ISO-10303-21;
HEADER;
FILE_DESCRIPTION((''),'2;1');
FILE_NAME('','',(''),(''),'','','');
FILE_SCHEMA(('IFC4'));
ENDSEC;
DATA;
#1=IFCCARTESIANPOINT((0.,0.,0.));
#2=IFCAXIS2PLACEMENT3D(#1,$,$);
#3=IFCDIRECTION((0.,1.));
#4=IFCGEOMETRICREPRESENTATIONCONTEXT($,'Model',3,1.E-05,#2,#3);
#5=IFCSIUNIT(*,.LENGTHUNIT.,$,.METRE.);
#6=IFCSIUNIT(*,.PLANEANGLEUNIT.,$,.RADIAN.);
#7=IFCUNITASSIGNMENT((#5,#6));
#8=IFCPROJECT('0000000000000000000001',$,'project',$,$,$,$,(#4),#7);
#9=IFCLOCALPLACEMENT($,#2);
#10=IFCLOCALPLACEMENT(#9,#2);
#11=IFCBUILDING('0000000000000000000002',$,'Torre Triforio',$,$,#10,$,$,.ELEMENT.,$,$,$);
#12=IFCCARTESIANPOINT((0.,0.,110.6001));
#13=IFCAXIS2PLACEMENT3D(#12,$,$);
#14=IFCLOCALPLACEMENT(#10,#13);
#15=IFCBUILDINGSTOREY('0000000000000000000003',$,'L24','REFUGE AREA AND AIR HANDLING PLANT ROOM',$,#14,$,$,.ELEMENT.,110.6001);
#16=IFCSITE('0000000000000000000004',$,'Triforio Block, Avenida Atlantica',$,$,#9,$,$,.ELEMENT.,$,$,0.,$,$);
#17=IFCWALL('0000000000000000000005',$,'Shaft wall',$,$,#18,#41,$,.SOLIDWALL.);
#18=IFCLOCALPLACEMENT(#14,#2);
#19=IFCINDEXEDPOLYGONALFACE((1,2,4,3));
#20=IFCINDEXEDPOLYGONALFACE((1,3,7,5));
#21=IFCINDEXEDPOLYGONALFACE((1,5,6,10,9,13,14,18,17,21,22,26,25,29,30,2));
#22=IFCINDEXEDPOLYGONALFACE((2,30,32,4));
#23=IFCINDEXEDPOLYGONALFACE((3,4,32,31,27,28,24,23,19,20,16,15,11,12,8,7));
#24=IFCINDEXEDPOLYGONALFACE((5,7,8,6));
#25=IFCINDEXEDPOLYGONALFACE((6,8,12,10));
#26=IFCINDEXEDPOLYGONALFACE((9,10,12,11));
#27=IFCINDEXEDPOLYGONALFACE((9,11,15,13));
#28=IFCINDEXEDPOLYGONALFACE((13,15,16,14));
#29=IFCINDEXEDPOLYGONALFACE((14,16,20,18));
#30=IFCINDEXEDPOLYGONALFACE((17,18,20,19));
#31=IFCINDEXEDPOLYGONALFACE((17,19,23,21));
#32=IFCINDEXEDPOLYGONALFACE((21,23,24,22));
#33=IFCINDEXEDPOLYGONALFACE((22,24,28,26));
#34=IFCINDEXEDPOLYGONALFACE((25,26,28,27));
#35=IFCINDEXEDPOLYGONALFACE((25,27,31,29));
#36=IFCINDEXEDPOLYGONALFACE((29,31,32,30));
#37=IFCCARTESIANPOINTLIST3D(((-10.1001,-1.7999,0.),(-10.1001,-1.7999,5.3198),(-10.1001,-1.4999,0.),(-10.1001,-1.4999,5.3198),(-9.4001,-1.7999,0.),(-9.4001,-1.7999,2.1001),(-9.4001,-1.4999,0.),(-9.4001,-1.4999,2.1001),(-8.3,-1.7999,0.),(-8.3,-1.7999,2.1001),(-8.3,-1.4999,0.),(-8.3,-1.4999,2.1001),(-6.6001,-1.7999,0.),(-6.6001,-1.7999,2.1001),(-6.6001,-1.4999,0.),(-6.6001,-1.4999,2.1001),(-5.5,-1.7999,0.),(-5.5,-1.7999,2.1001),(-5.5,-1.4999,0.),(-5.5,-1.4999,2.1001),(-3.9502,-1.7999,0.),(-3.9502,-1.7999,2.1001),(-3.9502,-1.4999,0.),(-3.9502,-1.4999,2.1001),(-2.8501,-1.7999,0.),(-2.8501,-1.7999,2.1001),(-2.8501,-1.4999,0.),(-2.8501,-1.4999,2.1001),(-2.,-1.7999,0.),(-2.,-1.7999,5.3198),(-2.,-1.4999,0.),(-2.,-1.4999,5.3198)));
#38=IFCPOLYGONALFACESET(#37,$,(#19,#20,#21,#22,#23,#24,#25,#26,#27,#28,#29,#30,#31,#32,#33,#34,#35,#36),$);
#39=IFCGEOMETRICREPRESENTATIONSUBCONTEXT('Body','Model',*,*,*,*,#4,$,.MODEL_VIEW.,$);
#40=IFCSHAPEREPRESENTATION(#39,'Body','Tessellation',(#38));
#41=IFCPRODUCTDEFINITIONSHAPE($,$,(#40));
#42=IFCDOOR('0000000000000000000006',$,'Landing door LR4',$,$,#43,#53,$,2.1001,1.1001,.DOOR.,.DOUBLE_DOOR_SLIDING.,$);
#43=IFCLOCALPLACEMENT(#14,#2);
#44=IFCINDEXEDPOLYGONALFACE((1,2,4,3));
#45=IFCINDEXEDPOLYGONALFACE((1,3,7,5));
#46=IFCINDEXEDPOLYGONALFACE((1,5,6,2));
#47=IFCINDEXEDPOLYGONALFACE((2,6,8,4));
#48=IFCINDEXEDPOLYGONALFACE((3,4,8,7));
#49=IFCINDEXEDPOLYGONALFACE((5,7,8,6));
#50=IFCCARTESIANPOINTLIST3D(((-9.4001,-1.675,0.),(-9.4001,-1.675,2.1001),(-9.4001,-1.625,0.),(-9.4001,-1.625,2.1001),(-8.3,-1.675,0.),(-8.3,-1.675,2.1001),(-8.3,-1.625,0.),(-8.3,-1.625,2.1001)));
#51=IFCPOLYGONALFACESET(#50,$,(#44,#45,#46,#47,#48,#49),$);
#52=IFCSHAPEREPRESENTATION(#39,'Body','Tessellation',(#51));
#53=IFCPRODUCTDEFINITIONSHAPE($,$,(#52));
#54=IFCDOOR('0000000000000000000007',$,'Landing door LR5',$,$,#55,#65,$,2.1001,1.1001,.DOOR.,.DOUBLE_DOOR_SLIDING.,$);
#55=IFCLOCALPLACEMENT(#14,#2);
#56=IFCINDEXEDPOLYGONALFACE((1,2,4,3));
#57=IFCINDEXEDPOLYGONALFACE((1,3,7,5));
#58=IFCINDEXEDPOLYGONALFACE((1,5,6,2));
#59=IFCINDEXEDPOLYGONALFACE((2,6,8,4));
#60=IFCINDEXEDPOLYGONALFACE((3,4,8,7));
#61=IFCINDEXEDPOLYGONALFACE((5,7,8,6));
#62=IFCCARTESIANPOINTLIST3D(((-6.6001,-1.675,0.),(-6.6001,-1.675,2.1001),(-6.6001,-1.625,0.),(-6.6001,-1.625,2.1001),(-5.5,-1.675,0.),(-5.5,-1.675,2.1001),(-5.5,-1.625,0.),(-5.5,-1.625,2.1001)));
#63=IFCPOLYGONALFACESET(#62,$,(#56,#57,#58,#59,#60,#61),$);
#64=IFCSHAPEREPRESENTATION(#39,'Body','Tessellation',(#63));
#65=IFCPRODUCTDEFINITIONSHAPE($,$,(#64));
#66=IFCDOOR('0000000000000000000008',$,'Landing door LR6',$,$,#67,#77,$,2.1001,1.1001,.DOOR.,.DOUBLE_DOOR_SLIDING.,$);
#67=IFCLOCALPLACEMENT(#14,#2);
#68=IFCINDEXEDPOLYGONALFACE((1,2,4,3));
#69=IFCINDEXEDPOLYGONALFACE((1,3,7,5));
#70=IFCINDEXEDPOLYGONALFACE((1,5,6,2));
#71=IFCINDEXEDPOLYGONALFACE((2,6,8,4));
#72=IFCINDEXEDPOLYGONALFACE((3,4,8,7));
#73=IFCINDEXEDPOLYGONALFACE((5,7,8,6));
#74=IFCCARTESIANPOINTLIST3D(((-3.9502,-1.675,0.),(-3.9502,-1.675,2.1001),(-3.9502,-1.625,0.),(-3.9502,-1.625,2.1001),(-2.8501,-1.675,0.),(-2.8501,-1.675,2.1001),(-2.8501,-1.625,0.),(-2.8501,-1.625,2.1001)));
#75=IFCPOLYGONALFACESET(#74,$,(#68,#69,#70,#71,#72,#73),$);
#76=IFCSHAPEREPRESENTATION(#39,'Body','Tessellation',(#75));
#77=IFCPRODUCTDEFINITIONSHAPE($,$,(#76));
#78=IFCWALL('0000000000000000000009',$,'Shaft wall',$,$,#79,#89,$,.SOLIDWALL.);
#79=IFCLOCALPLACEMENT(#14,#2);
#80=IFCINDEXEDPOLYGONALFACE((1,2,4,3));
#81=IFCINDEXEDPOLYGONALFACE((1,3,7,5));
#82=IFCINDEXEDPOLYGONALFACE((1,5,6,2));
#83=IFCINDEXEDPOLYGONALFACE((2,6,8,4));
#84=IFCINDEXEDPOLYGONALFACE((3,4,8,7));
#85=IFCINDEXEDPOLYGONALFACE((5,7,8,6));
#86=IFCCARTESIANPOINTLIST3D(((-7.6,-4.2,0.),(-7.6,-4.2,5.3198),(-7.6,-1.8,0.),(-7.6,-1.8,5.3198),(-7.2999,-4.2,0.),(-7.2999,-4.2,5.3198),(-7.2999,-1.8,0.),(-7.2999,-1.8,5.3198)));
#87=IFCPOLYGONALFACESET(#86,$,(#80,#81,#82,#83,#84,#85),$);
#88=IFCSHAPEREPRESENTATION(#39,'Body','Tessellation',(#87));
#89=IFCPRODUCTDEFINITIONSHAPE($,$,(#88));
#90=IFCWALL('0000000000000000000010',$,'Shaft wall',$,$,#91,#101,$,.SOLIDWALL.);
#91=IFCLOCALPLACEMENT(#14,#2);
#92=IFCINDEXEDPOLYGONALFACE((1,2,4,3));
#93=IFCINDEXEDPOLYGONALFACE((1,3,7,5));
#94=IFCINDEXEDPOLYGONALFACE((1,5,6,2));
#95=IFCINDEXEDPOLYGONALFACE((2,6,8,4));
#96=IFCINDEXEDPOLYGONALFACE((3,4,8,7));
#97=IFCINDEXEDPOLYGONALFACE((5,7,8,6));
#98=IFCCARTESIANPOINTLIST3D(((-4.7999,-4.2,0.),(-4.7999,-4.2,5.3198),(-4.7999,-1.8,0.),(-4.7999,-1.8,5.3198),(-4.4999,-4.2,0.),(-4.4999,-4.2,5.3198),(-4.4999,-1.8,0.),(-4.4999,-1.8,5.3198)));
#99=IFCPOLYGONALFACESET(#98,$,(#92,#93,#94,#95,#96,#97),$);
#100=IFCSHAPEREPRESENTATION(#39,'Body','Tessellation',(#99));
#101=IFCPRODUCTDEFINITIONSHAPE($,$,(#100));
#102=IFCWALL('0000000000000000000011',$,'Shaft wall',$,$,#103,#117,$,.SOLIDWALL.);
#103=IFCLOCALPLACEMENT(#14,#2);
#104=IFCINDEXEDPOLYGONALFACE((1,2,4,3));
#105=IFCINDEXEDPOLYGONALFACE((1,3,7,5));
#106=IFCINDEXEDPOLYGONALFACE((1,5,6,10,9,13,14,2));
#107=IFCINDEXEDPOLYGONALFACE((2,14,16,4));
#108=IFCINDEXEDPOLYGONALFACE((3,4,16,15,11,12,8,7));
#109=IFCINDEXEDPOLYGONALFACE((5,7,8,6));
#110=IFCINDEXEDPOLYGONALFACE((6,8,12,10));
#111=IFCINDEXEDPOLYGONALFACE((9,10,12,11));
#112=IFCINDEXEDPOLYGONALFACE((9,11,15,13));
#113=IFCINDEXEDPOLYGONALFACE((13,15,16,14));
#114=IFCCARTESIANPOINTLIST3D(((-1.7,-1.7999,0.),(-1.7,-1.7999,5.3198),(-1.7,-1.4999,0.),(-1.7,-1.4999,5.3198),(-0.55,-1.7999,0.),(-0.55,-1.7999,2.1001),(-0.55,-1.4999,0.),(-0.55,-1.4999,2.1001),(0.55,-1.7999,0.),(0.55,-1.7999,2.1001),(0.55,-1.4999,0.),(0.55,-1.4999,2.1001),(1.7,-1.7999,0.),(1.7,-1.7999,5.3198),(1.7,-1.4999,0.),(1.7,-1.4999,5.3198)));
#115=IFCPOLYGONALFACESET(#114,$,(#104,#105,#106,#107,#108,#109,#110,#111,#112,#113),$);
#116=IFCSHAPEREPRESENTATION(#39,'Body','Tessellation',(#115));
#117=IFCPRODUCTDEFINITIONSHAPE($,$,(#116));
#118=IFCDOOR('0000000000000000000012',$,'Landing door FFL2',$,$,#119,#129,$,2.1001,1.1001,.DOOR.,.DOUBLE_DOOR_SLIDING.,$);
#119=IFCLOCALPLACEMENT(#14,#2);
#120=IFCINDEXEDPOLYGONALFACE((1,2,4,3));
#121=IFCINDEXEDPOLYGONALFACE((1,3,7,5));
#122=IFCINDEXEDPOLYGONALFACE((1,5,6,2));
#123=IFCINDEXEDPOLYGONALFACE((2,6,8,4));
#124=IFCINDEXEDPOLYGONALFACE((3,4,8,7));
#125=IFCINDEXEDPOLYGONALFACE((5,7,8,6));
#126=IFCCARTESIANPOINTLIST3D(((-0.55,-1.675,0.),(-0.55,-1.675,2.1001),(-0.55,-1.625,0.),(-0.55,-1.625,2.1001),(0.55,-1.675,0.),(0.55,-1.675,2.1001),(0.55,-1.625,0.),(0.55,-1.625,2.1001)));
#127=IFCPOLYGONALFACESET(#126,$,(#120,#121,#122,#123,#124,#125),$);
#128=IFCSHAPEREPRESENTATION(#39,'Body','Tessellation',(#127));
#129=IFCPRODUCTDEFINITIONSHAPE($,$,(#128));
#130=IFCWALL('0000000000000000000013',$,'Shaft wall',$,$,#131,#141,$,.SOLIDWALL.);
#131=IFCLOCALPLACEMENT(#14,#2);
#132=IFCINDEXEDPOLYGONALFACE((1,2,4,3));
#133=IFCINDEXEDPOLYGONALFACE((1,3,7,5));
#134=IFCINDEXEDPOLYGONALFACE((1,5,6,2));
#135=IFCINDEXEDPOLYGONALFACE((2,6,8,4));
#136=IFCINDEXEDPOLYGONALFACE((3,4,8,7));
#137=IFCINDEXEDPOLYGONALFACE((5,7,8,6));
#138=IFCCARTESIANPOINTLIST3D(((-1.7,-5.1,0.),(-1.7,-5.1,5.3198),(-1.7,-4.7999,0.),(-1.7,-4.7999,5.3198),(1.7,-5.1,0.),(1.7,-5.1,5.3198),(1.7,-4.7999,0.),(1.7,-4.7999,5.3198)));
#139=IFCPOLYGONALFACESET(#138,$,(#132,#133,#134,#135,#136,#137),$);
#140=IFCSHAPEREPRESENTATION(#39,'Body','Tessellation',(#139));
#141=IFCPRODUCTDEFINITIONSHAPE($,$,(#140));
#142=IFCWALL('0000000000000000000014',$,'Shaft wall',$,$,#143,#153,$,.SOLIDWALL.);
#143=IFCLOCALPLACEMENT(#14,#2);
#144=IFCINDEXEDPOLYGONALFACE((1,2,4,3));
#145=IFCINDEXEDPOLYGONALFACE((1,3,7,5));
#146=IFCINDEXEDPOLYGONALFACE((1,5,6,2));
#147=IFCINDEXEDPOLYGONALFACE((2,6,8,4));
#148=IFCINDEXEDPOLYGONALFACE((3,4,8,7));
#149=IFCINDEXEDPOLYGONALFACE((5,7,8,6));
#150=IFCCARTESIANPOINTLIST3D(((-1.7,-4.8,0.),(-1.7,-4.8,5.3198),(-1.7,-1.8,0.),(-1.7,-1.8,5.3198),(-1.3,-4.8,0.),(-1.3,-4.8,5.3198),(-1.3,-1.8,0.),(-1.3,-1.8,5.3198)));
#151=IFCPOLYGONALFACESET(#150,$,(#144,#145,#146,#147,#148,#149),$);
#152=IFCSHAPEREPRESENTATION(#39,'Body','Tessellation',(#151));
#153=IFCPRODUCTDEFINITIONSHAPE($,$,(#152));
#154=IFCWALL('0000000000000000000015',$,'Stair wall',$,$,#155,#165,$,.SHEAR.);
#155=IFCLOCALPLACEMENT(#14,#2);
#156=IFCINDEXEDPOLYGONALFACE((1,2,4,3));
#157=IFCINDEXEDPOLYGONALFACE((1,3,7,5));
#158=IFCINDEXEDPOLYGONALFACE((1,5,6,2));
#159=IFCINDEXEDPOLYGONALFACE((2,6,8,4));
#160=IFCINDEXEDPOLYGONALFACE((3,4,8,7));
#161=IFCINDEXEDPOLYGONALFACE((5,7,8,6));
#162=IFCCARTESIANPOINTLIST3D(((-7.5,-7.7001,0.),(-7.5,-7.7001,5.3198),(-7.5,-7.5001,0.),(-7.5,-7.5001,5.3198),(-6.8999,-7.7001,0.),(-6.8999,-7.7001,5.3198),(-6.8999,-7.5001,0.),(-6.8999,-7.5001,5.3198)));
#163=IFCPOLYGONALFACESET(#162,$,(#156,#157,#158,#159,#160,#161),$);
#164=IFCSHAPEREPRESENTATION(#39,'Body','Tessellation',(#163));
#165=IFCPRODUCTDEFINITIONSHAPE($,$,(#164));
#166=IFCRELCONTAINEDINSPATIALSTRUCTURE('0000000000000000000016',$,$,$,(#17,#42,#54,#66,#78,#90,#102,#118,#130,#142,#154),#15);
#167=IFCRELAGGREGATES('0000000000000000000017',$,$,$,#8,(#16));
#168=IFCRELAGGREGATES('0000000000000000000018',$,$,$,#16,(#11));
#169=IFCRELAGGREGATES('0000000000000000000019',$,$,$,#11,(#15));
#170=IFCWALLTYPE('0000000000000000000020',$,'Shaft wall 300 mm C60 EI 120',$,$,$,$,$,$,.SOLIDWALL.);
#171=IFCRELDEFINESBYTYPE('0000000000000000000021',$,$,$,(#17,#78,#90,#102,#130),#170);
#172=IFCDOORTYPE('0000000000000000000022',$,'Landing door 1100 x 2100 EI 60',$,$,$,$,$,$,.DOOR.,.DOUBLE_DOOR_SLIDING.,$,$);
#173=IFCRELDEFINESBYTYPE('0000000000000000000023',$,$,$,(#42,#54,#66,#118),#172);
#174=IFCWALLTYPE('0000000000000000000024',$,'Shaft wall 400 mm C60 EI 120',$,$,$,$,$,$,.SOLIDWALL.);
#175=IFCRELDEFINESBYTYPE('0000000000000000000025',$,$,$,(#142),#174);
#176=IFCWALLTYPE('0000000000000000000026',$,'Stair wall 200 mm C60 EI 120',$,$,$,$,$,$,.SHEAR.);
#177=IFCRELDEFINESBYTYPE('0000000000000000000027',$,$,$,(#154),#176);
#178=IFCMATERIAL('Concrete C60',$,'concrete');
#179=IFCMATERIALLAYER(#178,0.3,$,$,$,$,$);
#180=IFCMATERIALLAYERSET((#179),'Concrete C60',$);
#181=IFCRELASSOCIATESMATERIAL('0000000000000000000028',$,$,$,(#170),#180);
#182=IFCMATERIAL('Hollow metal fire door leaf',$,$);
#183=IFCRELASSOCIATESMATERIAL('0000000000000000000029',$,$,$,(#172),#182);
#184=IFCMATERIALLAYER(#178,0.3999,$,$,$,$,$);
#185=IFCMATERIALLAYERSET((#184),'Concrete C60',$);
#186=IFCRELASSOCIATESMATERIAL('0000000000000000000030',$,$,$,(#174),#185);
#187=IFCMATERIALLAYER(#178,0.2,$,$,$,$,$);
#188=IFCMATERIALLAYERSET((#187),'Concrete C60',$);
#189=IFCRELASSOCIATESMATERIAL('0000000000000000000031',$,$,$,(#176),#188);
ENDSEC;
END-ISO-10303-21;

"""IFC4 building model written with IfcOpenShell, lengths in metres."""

from ifc_helpers import new_model, si_unit, direction, frame, frame_2d, origin, place, context, subcontext, project, spatial, rectangle, extrude, material, layer, layer_set, type_object, element, fill, save


model = new_model("IFC4")

# Units and contexts
model_context = context("Model", 3, precision=1e-05, world=origin(), true_north=direction((0.0, 1.0)))
body_context = subcontext(model_context, "Body", "Model", "MODEL_VIEW")
ifc_project = project(units=[si_unit("LENGTHUNIT", "METRE"), si_unit("PLANEANGLEUNIT", "RADIAN")], contexts=[model_context])

# Site, building, storey
site_placement = place(None, origin())
site = spatial("IfcSite", under=ifc_project, at=site_placement, Name="Triforio Block, Avenida Atlantica", CompositionType="ELEMENT", RefElevation=0.0)
building_placement = place(site_placement, origin())
building = spatial("IfcBuilding", under=site, at=building_placement, Name="Torre Triforio", CompositionType="ELEMENT")
storey_placement = place(building_placement, frame((0.0, 0.0, 110.6001)))
storey = spatial("IfcBuildingStorey", under=building, at=storey_placement, Name="L24", Description="REFUGE AREA AND AIR HANDLING PLANT ROOM", CompositionType="ELEMENT", Elevation=110.6001)

# Shared definitions
ifc_material_1 = material(Name="Concrete C60", Category="concrete")
ifc_material_2 = material(Name="Hollow metal fire door leaf")

# Shared definitions
ifc_layer_1 = layer(ifc_material_1, 0.3)
ifc_layer_set_1 = layer_set([ifc_layer_1], Name="Concrete C60")
wall_type_1 = type_object("IfcWallType", Name="Shaft wall 300 mm C60 EI 120", PredefinedType="SOLIDWALL", material=ifc_layer_set_1)

# Wall, openings, doors
wall_1_placement = place(storey_placement, frame((-10.1001, -1.6499, 0.0), z_axis=(0.0, 0.0, 1.0), x_axis=(1.0, 0.0, 0.0)))
wall_1 = element("IfcWall", 1, at=wall_1_placement, inside=storey, type_object=wall_type_1, Name="Shaft wall", PredefinedType="SOLIDWALL", context=body_context, shape_type="SweptSolid", body=[
    extrude(rectangle(XDim=8.1001, YDim=0.3, at=frame_2d((4.05, 0.0))), origin(), (0.0, 0.0, 1.0), 5.3198),
])
opening_1_placement = place(wall_1_placement, frame((0.7, 0.0, 0.0)))
opening_1 = element("IfcOpeningElement", 2, at=opening_1_placement, cuts=wall_1, PredefinedType="OPENING", context=body_context, shape_type="SweptSolid", body=[
    extrude(rectangle(XDim=1.1001, YDim=2.1001, at=frame_2d((0.55, 1.05))), frame((0.0, 0.1599, 0.0), z_axis=(0.0, -1.0, 0.0), x_axis=(1.0, 0.0, 0.0)), (0.0, 0.0, 1.0), 0.3201),
])
opening_2_placement = place(wall_1_placement, frame((3.5, 0.0, 0.0)))
opening_2 = element("IfcOpeningElement", 3, at=opening_2_placement, cuts=wall_1, PredefinedType="OPENING", context=body_context, shape_type="SweptSolid", body=[
    extrude(rectangle(XDim=1.1001, YDim=2.1001, at=frame_2d((0.55, 1.05))), frame((0.0, 0.1599, 0.0), z_axis=(0.0, -1.0, 0.0), x_axis=(1.0, 0.0, 0.0)), (0.0, 0.0, 1.0), 0.3201),
])
opening_3_placement = place(wall_1_placement, frame((6.1499, 0.0, 0.0)))
opening_3 = element("IfcOpeningElement", 4, at=opening_3_placement, cuts=wall_1, PredefinedType="OPENING", context=body_context, shape_type="SweptSolid", body=[
    extrude(rectangle(XDim=1.1001, YDim=2.1001, at=frame_2d((0.55, 1.05))), frame((0.0, 0.1599, 0.0), z_axis=(0.0, -1.0, 0.0), x_axis=(1.0, 0.0, 0.0)), (0.0, 0.0, 1.0), 0.3201),
])
door_type_1 = type_object("IfcDoorType", Name="Landing door 1100 x 2100 EI 60", OperationType="DOUBLE_DOOR_SLIDING", PredefinedType="DOOR", material=ifc_material_2)
door_1_placement = place(opening_1_placement, origin())
door_1 = element("IfcDoor", 5, at=door_1_placement, inside=storey, type_object=door_type_1, Name="Landing door LR4", OperationType="DOUBLE_DOOR_SLIDING", OverallHeight=2.1001, OverallWidth=1.1001, PredefinedType="DOOR", context=body_context, shape_type="SweptSolid", body=[
    extrude(rectangle(XDim=1.1001, YDim=2.1001, at=frame_2d((0.55, 1.05))), frame((0.0, 0.0249, 0.0), z_axis=(0.0, -1.0, 0.0), x_axis=(1.0, 0.0, 0.0)), (0.0, 0.0, 1.0), 0.05),
])
fill(opening_1, door_1)
door_2_placement = place(opening_2_placement, origin())
door_2 = element("IfcDoor", 6, at=door_2_placement, inside=storey, type_object=door_type_1, Name="Landing door LR5", OperationType="DOUBLE_DOOR_SLIDING", OverallHeight=2.1001, OverallWidth=1.1001, PredefinedType="DOOR", context=body_context, shape_type="SweptSolid", body=[
    extrude(rectangle(XDim=1.1001, YDim=2.1001, at=frame_2d((0.55, 1.05))), frame((0.0, 0.0249, 0.0), z_axis=(0.0, -1.0, 0.0), x_axis=(1.0, 0.0, 0.0)), (0.0, 0.0, 1.0), 0.05),
])
fill(opening_2, door_2)
door_3_placement = place(opening_3_placement, origin())
door_3 = element("IfcDoor", 7, at=door_3_placement, inside=storey, type_object=door_type_1, Name="Landing door LR6", OperationType="DOUBLE_DOOR_SLIDING", OverallHeight=2.1001, OverallWidth=1.1001, PredefinedType="DOOR", context=body_context, shape_type="SweptSolid", body=[
    extrude(rectangle(XDim=1.1001, YDim=2.1001, at=frame_2d((0.55, 1.05))), frame((0.0, 0.0249, 0.0), z_axis=(0.0, -1.0, 0.0), x_axis=(1.0, 0.0, 0.0)), (0.0, 0.0, 1.0), 0.05),
])
fill(opening_3, door_3)

# Walls
for number, where, z_axis, x_axis, name in (
    (8, (-7.45, -4.2, 0.0), (0.0, 0.0, 1.0), (0.0, 1.0, 0.0), "Shaft wall"),
    (9, (-4.6499, -4.2, 0.0), (0.0, 0.0, 1.0), (0.0, 1.0, 0.0), "Shaft wall"),
):
    element("IfcWall", number, at=place(storey_placement, frame(where, z_axis=z_axis, x_axis=x_axis)), inside=storey, type_object=wall_type_1, Name=name, PredefinedType="SOLIDWALL", context=body_context, shape_type="SweptSolid", body=[
        extrude(rectangle(XDim=2.3999, YDim=0.3, at=frame_2d((1.2, 0.0))), origin(), (0.0, 0.0, 1.0), 5.3198),
    ])

# Wall, opening, door
wall_2_placement = place(storey_placement, frame((-1.7, -1.6499, 0.0), z_axis=(0.0, 0.0, 1.0), x_axis=(1.0, 0.0, 0.0)))
wall_2 = element("IfcWall", 10, at=wall_2_placement, inside=storey, type_object=wall_type_1, Name="Shaft wall", PredefinedType="SOLIDWALL", context=body_context, shape_type="SweptSolid", body=[
    extrude(rectangle(XDim=3.3999, YDim=0.3, at=frame_2d((1.7, 0.0))), origin(), (0.0, 0.0, 1.0), 5.3198),
])
opening_4_placement = place(wall_2_placement, frame((1.1499, 0.0, 0.0)))
opening_4 = element("IfcOpeningElement", 11, at=opening_4_placement, cuts=wall_2, PredefinedType="OPENING", context=body_context, shape_type="SweptSolid", body=[
    extrude(rectangle(XDim=1.1001, YDim=2.1001, at=frame_2d((0.55, 1.05))), frame((0.0, 0.1599, 0.0), z_axis=(0.0, -1.0, 0.0), x_axis=(1.0, 0.0, 0.0)), (0.0, 0.0, 1.0), 0.3201),
])
door_4_placement = place(opening_4_placement, origin())
door_4 = element("IfcDoor", 12, at=door_4_placement, inside=storey, type_object=door_type_1, Name="Landing door FFL2", OperationType="DOUBLE_DOOR_SLIDING", OverallHeight=2.1001, OverallWidth=1.1001, PredefinedType="DOOR", context=body_context, shape_type="SweptSolid", body=[
    extrude(rectangle(XDim=1.1001, YDim=2.1001, at=frame_2d((0.55, 1.05))), frame((0.0, 0.0249, 0.0), z_axis=(0.0, -1.0, 0.0), x_axis=(1.0, 0.0, 0.0)), (0.0, 0.0, 1.0), 0.05),
])
fill(opening_4, door_4)

# Walls
wall_3_placement = place(storey_placement, frame((-1.7, -4.95, 0.0), z_axis=(0.0, 0.0, 1.0), x_axis=(1.0, 0.0, 0.0)))
element("IfcWall", 13, at=wall_3_placement, inside=storey, type_object=wall_type_1, Name="Shaft wall", PredefinedType="SOLIDWALL", context=body_context, shape_type="SweptSolid", body=[
    extrude(rectangle(XDim=3.3999, YDim=0.3, at=frame_2d((1.7, 0.0))), origin(), (0.0, 0.0, 1.0), 5.3198),
])
ifc_layer_2 = layer(ifc_material_1, 0.3999)
ifc_layer_set_2 = layer_set([ifc_layer_2], Name="Concrete C60")
wall_type_2 = type_object("IfcWallType", Name="Shaft wall 400 mm C60 EI 120", PredefinedType="SOLIDWALL", material=ifc_layer_set_2)
wall_4_placement = place(storey_placement, frame((-1.5, -4.8, 0.0), z_axis=(0.0, 0.0, 1.0), x_axis=(0.0, 1.0, 0.0)))
element("IfcWall", 14, at=wall_4_placement, inside=storey, type_object=wall_type_2, Name="Shaft wall", PredefinedType="SOLIDWALL", context=body_context, shape_type="SweptSolid", body=[
    extrude(rectangle(XDim=3.0, YDim=0.3999, at=frame_2d((1.5, 0.0))), origin(), (0.0, 0.0, 1.0), 5.3198),
])
ifc_layer_3 = layer(ifc_material_1, 0.2)
ifc_layer_set_3 = layer_set([ifc_layer_3], Name="Concrete C60")
wall_type_3 = type_object("IfcWallType", Name="Stair wall 200 mm C60 EI 120", PredefinedType="SHEAR", material=ifc_layer_set_3)
wall_5_placement = place(storey_placement, frame((-7.5, -7.6001, 0.0), z_axis=(0.0, 0.0, 1.0), x_axis=(1.0, 0.0, 0.0)))
element("IfcWall", 15, at=wall_5_placement, inside=storey, type_object=wall_type_3, Name="Stair wall", PredefinedType="SHEAR", context=body_context, shape_type="SweptSolid", body=[
    extrude(rectangle(XDim=0.6001, YDim=0.2, at=frame_2d((0.3, 0.0))), origin(), (0.0, 0.0, 1.0), 5.3198),
])

save(model, "model.ifc")
